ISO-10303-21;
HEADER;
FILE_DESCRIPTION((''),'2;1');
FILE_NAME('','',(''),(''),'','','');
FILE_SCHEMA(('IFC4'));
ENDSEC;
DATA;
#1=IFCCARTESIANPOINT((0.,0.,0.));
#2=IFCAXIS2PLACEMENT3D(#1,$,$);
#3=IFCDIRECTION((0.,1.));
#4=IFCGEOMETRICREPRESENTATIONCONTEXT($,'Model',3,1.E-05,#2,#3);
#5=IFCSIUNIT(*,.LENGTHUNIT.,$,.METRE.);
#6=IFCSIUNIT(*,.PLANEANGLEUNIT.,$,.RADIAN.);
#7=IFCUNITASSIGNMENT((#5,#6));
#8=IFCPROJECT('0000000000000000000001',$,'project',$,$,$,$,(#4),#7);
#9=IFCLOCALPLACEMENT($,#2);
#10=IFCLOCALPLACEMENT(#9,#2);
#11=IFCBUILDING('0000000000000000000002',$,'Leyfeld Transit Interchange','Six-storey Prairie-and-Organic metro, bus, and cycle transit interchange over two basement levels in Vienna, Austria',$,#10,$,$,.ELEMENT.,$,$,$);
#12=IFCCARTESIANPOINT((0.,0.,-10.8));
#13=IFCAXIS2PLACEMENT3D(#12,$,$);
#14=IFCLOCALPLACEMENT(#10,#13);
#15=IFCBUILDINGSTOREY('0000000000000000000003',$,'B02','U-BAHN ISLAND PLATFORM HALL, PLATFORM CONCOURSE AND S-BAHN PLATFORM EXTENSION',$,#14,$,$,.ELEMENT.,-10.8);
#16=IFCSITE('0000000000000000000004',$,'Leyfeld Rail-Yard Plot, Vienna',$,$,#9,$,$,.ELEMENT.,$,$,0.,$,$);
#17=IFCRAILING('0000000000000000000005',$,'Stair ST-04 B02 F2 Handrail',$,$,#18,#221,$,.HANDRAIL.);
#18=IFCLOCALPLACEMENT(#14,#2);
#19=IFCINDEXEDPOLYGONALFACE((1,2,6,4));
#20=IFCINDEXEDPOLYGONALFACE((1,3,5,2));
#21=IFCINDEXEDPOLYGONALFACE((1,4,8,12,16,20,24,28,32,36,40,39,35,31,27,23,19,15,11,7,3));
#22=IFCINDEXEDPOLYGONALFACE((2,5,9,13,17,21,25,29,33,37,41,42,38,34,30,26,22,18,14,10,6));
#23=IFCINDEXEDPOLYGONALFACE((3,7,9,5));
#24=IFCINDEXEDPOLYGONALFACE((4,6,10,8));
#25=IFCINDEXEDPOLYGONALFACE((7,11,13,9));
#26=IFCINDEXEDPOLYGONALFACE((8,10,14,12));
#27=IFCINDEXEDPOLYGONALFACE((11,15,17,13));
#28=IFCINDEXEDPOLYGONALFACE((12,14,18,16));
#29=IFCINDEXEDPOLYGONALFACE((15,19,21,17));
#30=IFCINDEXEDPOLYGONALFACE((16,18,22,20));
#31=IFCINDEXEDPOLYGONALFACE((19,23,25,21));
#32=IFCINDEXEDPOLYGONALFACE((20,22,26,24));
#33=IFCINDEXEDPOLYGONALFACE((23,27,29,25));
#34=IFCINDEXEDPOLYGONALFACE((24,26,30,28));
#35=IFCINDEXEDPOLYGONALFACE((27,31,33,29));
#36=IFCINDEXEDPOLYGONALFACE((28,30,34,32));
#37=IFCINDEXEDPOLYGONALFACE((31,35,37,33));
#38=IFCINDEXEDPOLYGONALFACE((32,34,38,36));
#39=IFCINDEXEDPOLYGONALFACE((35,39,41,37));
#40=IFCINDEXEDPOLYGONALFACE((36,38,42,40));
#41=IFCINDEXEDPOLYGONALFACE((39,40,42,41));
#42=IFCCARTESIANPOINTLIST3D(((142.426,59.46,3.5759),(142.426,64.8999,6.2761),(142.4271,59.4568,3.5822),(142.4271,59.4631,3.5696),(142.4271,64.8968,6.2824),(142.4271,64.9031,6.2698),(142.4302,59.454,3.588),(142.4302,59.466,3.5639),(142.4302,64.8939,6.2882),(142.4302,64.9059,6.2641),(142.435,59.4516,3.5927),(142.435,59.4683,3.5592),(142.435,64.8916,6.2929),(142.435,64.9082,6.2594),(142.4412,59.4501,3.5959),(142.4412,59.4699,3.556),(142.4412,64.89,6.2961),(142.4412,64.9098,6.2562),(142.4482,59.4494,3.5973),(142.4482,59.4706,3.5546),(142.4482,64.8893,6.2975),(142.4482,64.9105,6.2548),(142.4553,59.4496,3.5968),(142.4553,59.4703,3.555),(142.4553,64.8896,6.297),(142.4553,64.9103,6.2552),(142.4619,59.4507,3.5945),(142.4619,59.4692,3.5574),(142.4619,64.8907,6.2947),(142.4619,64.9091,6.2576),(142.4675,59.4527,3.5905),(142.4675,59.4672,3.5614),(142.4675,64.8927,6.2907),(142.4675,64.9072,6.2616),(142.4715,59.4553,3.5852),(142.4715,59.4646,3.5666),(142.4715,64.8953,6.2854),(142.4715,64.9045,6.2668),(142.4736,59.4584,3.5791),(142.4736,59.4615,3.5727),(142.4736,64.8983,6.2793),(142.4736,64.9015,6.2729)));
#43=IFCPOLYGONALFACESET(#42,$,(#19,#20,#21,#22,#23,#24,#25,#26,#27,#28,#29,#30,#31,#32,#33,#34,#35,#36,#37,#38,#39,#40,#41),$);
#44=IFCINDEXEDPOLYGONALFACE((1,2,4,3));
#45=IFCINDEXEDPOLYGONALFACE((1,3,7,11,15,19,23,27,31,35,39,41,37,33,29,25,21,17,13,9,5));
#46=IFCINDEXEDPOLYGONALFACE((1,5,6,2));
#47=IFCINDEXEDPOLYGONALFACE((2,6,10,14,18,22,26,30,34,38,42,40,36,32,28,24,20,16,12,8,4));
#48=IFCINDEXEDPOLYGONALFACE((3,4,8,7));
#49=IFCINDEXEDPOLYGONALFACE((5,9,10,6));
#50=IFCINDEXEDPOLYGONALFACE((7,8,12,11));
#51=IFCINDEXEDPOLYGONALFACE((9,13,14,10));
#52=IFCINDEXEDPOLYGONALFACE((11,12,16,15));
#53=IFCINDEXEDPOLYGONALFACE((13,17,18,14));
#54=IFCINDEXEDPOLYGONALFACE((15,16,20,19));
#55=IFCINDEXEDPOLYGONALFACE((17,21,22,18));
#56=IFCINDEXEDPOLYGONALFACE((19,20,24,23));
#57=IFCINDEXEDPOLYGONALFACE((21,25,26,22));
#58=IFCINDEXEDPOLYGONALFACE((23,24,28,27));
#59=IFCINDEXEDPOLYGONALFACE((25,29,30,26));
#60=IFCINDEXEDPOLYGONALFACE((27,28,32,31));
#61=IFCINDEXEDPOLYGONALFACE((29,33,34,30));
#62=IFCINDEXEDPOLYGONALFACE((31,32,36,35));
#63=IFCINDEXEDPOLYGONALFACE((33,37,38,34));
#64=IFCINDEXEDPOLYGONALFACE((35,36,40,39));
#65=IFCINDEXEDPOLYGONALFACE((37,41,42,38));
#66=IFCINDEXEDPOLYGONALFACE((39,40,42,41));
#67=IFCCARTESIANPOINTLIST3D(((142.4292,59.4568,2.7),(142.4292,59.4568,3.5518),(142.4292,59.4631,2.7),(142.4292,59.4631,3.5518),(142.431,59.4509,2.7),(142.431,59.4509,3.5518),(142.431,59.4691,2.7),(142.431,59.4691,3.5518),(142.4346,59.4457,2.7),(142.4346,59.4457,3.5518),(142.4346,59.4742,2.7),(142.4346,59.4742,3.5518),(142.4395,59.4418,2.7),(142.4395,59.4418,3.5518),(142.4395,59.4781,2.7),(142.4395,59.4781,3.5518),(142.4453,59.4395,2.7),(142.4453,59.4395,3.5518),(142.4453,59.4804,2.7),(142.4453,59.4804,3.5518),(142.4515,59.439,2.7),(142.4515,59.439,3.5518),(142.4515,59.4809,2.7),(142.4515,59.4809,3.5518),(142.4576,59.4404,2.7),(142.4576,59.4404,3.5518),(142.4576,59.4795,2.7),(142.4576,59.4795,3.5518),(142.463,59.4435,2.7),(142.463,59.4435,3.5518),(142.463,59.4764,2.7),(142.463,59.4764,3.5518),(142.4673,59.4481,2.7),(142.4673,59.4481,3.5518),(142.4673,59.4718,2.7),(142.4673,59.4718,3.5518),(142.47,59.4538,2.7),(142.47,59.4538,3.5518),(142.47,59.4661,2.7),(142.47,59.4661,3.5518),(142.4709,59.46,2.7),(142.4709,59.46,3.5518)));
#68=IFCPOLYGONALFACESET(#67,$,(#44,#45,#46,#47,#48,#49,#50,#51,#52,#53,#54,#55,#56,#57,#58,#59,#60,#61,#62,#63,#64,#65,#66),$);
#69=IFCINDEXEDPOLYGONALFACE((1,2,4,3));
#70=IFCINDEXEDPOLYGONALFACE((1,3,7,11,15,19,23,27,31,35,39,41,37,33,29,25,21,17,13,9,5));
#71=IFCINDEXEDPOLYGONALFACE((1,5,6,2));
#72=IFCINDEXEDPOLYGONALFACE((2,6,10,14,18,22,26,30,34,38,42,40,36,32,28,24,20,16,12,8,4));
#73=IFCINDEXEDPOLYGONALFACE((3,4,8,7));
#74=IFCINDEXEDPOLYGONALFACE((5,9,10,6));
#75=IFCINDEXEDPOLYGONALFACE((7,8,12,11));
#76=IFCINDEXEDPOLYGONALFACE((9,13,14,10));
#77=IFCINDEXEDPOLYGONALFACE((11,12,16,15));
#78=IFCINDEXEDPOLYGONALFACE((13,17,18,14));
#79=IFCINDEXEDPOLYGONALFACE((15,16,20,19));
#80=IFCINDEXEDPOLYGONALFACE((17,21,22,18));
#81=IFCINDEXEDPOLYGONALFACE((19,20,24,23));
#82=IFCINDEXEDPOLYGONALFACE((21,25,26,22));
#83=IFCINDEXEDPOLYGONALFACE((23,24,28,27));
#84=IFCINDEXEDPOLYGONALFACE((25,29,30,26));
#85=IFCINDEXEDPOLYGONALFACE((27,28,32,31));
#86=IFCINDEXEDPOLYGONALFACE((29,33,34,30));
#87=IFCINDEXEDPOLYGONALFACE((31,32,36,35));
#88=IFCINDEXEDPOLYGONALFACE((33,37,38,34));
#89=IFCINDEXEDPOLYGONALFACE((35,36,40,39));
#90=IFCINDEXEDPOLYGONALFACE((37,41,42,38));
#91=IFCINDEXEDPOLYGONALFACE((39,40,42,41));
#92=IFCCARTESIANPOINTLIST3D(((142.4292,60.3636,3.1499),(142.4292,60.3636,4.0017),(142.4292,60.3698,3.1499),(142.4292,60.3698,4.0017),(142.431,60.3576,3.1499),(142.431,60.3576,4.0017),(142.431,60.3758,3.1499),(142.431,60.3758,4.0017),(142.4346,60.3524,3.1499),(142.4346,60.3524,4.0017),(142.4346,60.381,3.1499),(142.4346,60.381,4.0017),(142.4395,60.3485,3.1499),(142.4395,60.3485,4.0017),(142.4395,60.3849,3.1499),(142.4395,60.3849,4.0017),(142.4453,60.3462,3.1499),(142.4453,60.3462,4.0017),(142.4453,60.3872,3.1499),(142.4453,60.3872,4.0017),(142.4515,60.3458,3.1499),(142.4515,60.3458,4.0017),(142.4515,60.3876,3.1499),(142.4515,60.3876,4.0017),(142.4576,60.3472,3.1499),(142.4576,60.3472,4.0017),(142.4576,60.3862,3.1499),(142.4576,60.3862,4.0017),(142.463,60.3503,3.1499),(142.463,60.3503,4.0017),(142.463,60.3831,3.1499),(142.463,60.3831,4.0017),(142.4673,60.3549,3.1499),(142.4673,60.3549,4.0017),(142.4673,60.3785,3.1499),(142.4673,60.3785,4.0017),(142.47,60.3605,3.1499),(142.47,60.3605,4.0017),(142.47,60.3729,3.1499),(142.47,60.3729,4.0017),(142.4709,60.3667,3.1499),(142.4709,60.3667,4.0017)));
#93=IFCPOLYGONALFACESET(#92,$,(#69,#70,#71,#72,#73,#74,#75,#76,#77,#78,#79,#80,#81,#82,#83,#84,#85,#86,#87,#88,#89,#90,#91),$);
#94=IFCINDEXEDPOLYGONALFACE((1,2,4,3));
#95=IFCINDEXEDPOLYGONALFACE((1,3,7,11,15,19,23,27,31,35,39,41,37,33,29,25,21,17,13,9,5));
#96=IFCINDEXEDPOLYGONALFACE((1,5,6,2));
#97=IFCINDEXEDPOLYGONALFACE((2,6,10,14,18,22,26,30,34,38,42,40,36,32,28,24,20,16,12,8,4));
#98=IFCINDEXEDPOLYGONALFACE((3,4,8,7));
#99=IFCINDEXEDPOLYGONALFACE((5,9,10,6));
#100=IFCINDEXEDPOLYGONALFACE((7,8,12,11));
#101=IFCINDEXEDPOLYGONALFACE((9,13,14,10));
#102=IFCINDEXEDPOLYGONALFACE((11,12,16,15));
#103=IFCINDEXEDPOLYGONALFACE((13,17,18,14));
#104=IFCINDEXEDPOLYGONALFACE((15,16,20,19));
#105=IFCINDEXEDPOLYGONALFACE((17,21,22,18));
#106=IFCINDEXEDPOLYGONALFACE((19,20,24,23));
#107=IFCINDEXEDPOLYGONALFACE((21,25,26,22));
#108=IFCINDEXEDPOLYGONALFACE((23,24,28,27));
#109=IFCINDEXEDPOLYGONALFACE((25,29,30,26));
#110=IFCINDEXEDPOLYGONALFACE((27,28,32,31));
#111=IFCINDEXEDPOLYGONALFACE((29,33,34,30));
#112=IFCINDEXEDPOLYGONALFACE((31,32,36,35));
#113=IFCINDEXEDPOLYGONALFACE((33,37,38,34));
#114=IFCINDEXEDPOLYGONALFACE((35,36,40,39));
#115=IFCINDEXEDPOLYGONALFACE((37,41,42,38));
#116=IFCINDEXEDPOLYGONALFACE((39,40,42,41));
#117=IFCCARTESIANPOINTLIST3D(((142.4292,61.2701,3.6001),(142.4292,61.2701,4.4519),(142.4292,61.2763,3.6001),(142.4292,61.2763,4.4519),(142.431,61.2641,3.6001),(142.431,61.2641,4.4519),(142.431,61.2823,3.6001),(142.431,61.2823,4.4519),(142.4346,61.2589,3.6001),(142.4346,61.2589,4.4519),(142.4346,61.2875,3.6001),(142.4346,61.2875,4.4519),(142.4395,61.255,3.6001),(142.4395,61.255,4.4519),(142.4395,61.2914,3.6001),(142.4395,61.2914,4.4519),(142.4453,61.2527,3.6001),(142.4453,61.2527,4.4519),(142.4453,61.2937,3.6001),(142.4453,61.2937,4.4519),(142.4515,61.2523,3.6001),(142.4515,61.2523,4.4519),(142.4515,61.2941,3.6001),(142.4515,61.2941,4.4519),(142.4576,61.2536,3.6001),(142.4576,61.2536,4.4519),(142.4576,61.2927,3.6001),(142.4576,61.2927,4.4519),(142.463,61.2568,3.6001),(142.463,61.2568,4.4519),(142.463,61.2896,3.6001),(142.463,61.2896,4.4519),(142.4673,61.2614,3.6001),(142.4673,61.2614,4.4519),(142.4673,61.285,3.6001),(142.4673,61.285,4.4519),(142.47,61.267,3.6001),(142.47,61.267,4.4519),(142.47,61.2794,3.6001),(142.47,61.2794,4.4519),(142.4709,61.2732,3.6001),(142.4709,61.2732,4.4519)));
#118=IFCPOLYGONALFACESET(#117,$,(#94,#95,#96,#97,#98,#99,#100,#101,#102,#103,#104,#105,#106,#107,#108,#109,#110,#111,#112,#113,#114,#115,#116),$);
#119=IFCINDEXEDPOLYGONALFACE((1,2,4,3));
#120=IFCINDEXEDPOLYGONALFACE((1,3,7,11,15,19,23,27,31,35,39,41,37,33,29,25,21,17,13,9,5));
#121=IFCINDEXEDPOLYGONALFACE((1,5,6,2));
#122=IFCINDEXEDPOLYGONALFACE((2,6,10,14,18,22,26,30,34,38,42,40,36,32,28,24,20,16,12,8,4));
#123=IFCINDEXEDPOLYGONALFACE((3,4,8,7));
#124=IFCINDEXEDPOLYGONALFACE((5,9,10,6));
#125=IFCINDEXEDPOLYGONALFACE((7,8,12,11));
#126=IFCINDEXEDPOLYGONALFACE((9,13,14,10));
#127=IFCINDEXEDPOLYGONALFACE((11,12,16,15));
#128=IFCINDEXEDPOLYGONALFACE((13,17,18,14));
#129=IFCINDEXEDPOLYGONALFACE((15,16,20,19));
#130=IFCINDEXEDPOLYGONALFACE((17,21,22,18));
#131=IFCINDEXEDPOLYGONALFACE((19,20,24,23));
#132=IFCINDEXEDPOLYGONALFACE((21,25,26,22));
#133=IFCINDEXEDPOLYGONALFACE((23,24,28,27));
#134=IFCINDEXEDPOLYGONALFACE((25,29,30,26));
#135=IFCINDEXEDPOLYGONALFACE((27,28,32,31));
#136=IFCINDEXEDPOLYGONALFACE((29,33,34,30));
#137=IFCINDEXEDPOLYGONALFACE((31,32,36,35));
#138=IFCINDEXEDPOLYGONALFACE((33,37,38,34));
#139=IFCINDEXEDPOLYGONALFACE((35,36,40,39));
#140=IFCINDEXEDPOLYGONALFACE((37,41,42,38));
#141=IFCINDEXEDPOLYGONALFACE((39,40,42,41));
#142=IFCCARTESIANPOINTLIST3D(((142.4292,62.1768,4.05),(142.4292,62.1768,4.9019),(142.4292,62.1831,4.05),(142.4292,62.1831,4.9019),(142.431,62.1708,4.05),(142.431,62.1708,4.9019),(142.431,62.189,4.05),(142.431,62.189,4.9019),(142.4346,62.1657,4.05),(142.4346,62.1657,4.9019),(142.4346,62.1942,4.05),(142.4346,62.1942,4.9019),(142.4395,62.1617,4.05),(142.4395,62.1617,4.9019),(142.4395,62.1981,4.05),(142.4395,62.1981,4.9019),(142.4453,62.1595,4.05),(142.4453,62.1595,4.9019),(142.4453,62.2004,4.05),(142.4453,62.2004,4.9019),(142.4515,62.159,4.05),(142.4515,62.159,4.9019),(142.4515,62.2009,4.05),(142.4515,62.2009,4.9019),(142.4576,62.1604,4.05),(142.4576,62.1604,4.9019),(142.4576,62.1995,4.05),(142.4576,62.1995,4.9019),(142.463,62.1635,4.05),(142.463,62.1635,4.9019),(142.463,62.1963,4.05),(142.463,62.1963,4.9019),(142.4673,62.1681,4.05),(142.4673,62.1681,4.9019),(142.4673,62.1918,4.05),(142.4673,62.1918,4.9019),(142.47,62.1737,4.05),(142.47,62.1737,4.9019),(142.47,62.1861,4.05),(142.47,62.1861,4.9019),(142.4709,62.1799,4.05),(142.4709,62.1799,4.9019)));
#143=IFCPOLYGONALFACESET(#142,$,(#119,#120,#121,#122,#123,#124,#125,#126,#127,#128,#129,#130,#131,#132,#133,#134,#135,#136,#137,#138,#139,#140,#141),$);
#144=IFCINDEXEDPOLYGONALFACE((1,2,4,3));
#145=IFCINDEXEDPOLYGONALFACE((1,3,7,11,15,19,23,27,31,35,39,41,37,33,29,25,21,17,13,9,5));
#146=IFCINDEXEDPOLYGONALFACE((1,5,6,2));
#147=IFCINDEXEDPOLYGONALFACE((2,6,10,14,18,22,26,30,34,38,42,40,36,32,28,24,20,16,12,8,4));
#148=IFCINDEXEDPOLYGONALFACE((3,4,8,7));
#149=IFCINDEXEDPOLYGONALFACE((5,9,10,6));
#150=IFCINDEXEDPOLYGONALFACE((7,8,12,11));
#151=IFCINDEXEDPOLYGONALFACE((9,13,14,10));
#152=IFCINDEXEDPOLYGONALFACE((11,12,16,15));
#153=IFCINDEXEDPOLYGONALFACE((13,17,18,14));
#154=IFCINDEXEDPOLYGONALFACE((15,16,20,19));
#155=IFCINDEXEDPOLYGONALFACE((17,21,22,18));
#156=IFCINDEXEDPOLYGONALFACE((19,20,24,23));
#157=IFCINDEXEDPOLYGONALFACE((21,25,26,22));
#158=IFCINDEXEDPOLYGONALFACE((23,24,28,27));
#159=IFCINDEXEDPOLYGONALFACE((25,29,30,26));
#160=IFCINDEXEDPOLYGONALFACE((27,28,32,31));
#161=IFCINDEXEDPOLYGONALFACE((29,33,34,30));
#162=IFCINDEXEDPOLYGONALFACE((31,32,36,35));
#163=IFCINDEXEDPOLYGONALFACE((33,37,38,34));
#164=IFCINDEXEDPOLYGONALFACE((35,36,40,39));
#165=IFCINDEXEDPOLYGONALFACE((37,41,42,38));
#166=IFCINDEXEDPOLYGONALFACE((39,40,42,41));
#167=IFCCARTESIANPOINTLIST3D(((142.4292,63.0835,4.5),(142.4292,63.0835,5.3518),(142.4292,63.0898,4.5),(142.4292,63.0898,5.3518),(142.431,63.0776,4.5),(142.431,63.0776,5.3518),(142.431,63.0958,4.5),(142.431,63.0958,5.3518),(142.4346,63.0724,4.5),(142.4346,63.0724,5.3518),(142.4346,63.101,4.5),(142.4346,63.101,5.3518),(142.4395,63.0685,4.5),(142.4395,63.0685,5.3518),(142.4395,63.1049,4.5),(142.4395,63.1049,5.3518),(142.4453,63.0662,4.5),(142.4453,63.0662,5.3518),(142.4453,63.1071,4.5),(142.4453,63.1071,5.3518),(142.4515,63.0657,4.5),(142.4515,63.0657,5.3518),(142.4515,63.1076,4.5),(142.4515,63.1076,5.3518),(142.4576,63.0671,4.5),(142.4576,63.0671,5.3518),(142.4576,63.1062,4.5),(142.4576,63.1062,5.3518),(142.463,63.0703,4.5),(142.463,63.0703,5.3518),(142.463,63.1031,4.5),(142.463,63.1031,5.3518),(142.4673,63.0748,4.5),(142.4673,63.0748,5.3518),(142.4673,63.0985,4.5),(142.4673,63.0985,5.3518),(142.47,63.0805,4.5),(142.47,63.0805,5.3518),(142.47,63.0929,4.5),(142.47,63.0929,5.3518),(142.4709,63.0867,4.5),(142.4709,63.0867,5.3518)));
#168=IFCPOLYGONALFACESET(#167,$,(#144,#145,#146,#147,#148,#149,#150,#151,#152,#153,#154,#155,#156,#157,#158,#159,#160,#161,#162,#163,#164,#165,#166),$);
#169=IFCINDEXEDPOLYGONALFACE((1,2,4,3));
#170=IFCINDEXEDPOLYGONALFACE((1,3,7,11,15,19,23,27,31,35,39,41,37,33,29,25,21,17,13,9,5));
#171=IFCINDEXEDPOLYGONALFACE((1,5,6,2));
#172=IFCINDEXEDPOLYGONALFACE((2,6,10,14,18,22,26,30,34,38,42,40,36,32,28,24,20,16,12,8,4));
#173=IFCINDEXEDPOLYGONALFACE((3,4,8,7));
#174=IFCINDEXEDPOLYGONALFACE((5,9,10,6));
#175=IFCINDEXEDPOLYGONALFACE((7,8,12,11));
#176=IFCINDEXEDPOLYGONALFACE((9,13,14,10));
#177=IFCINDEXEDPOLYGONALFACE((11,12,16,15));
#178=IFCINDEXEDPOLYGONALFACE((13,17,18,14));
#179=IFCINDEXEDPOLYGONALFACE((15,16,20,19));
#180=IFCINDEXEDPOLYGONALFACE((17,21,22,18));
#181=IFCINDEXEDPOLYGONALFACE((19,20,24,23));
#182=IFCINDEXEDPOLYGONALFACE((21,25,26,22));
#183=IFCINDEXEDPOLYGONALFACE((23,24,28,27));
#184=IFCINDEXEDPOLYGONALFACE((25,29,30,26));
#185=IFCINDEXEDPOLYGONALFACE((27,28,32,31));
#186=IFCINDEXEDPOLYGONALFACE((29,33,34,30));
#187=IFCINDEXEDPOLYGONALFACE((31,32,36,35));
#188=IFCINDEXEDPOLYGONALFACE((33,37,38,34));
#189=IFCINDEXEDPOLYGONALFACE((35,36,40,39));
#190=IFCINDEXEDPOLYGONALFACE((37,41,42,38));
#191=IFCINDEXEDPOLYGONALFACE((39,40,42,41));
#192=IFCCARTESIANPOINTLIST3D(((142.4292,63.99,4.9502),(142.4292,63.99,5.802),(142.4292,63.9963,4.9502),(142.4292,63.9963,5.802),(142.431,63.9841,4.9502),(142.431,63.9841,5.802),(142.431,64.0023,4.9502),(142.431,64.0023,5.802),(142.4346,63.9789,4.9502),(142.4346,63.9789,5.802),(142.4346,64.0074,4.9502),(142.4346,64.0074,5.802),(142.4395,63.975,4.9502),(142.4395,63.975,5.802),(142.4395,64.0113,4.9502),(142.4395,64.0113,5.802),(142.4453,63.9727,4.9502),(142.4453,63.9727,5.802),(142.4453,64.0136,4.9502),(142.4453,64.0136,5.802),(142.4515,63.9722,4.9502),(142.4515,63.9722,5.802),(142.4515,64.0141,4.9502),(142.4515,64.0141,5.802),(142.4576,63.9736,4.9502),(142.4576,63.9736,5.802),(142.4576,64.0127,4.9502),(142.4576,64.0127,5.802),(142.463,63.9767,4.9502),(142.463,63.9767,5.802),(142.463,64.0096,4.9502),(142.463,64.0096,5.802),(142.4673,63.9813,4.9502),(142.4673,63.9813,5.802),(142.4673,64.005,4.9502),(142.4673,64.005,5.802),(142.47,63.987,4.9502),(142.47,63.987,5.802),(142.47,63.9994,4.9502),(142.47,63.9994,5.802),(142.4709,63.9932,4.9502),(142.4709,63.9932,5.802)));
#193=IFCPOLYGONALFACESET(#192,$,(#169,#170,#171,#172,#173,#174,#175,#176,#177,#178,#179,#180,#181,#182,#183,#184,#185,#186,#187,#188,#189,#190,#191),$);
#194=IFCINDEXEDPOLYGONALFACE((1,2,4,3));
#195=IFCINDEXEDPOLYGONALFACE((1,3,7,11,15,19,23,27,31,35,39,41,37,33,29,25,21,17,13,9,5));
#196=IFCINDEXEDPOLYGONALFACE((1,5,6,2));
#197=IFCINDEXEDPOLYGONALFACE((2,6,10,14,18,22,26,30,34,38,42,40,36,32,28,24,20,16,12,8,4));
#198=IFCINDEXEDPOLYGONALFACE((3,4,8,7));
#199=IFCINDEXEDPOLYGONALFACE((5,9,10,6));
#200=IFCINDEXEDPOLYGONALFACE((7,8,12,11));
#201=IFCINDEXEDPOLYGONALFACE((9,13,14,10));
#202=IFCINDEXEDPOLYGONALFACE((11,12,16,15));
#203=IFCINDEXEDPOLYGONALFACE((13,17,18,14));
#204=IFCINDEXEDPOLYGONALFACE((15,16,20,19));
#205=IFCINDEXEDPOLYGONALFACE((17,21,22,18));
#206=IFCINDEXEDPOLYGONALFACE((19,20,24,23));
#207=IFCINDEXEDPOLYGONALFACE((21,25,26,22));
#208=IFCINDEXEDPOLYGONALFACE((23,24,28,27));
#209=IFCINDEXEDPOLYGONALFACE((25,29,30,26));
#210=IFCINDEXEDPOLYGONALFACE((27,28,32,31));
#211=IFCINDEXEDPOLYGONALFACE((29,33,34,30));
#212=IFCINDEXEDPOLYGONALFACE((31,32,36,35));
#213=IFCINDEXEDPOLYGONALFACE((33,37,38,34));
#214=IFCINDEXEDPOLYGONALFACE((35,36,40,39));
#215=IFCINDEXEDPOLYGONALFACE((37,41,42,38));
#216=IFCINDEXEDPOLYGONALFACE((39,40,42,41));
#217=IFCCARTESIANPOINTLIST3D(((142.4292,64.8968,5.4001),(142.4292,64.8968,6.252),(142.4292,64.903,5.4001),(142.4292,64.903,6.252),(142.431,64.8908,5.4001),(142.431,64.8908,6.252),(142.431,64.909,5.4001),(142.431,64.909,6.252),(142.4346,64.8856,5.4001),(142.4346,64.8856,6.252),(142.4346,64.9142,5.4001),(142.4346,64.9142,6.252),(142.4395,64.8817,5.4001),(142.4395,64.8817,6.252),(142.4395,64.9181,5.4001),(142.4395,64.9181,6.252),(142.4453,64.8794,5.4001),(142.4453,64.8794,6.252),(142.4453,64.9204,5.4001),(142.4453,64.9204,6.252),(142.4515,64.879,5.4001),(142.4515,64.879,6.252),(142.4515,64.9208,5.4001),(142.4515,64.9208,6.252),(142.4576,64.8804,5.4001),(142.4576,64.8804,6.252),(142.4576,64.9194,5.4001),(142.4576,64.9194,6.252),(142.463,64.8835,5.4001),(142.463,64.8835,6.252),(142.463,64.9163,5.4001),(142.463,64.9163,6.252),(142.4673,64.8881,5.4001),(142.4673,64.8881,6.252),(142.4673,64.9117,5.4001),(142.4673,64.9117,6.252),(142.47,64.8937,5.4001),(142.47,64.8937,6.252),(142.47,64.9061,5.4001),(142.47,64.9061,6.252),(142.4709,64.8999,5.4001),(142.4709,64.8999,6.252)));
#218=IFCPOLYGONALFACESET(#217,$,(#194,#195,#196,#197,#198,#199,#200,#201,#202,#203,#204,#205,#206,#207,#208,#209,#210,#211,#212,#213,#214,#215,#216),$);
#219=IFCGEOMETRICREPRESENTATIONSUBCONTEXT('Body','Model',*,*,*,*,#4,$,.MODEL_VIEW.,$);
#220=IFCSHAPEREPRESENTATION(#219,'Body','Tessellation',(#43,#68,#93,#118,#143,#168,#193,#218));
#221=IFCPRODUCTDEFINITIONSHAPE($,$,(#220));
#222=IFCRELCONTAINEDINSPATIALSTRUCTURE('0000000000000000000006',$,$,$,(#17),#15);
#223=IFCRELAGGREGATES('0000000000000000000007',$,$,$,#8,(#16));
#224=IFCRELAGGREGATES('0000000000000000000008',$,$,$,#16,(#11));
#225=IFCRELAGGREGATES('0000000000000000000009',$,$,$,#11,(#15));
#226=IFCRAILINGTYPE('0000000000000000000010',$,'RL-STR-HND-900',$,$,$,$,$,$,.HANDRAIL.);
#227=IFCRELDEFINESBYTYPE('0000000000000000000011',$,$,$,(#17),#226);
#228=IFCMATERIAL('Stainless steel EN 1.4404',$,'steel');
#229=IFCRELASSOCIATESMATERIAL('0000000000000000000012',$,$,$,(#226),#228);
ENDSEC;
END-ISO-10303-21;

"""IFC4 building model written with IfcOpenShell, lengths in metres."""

from ifc_helpers import new_model, si_unit, direction, frame, origin, origin_2d, place, context, subcontext, project, spatial, circle, extrude, material, type_object, element, save


model = new_model("IFC4")

# Units and contexts
model_context = context("Model", 3, precision=1e-05, world=origin(), true_north=direction((0.0, 1.0)))
body_context = subcontext(model_context, "Body", "Model", "MODEL_VIEW")
ifc_project = project(units=[si_unit("LENGTHUNIT", "METRE"), si_unit("PLANEANGLEUNIT", "RADIAN")], contexts=[model_context])

# Site, building, storey
site_placement = place(None, origin())
site = spatial("IfcSite", under=ifc_project, at=site_placement, Name="Leyfeld Rail-Yard Plot, Vienna", CompositionType="ELEMENT", RefElevation=0.0)
building_placement = place(site_placement, origin())
building = spatial("IfcBuilding", under=site, at=building_placement, Name="Leyfeld Transit Interchange", Description="Six-storey Prairie-and-Organic metro, bus, and cycle transit interchange over two basement levels in Vienna, Austria", CompositionType="ELEMENT")
storey_placement = place(building_placement, frame((0.0, 0.0, -10.8)))
storey = spatial("IfcBuildingStorey", under=building, at=storey_placement, Name="B02", Description="U-BAHN ISLAND PLATFORM HALL, PLATFORM CONCOURSE AND S-BAHN PLATFORM EXTENSION", CompositionType="ELEMENT", Elevation=-10.8)

# Railing
ifc_material_1 = material(Name="Stainless steel EN 1.4404", Category="steel")
railing_type_1 = type_object("IfcRailingType", Name="RL-STR-HND-900", PredefinedType="HANDRAIL", material=ifc_material_1)
railing_1_placement = place(storey_placement, frame((142.45, 59.46, 2.7)))
element("IfcRailing", 1, at=railing_1_placement, inside=storey, type_object=railing_type_1, Name="Stair ST-04 B02 F2 Handrail", PredefinedType="HANDRAIL", context=body_context, shape_type="SweptSolid", body=[
    extrude(circle(Radius=0.0239, at=origin_2d()), frame((0.0, 0.0, 0.876), z_axis=(0.0, 0.895726, 0.444607), x_axis=(-1.0, 0.0, 0.0)), (0.0, 0.0, 1.0), 6.0732),
    extrude(circle(Radius=0.021, at=origin_2d()), origin(), (0.0, 0.0, 1.0), 0.8518),
    extrude(circle(Radius=0.021, at=origin_2d()), frame((0.0, 0.9067, 0.45)), (0.0, 0.0, 1.0), 0.8518),
    extrude(circle(Radius=0.021, at=origin_2d()), frame((0.0, 1.8132, 0.9001)), (0.0, 0.0, 1.0), 0.8518),
    extrude(circle(Radius=0.021, at=origin_2d()), frame((0.0, 2.72, 1.3501)), (0.0, 0.0, 1.0), 0.8518),
    extrude(circle(Radius=0.021, at=origin_2d()), frame((0.0, 3.6267, 1.8)), (0.0, 0.0, 1.0), 0.8518),
    extrude(circle(Radius=0.021, at=origin_2d()), frame((0.0, 4.5332, 2.2502)), (0.0, 0.0, 1.0), 0.8518),
    extrude(circle(Radius=0.021, at=origin_2d()), frame((0.0, 5.4399, 2.7002)), (0.0, 0.0, 1.0), 0.8518),
])

save(model, "model.ifc")
